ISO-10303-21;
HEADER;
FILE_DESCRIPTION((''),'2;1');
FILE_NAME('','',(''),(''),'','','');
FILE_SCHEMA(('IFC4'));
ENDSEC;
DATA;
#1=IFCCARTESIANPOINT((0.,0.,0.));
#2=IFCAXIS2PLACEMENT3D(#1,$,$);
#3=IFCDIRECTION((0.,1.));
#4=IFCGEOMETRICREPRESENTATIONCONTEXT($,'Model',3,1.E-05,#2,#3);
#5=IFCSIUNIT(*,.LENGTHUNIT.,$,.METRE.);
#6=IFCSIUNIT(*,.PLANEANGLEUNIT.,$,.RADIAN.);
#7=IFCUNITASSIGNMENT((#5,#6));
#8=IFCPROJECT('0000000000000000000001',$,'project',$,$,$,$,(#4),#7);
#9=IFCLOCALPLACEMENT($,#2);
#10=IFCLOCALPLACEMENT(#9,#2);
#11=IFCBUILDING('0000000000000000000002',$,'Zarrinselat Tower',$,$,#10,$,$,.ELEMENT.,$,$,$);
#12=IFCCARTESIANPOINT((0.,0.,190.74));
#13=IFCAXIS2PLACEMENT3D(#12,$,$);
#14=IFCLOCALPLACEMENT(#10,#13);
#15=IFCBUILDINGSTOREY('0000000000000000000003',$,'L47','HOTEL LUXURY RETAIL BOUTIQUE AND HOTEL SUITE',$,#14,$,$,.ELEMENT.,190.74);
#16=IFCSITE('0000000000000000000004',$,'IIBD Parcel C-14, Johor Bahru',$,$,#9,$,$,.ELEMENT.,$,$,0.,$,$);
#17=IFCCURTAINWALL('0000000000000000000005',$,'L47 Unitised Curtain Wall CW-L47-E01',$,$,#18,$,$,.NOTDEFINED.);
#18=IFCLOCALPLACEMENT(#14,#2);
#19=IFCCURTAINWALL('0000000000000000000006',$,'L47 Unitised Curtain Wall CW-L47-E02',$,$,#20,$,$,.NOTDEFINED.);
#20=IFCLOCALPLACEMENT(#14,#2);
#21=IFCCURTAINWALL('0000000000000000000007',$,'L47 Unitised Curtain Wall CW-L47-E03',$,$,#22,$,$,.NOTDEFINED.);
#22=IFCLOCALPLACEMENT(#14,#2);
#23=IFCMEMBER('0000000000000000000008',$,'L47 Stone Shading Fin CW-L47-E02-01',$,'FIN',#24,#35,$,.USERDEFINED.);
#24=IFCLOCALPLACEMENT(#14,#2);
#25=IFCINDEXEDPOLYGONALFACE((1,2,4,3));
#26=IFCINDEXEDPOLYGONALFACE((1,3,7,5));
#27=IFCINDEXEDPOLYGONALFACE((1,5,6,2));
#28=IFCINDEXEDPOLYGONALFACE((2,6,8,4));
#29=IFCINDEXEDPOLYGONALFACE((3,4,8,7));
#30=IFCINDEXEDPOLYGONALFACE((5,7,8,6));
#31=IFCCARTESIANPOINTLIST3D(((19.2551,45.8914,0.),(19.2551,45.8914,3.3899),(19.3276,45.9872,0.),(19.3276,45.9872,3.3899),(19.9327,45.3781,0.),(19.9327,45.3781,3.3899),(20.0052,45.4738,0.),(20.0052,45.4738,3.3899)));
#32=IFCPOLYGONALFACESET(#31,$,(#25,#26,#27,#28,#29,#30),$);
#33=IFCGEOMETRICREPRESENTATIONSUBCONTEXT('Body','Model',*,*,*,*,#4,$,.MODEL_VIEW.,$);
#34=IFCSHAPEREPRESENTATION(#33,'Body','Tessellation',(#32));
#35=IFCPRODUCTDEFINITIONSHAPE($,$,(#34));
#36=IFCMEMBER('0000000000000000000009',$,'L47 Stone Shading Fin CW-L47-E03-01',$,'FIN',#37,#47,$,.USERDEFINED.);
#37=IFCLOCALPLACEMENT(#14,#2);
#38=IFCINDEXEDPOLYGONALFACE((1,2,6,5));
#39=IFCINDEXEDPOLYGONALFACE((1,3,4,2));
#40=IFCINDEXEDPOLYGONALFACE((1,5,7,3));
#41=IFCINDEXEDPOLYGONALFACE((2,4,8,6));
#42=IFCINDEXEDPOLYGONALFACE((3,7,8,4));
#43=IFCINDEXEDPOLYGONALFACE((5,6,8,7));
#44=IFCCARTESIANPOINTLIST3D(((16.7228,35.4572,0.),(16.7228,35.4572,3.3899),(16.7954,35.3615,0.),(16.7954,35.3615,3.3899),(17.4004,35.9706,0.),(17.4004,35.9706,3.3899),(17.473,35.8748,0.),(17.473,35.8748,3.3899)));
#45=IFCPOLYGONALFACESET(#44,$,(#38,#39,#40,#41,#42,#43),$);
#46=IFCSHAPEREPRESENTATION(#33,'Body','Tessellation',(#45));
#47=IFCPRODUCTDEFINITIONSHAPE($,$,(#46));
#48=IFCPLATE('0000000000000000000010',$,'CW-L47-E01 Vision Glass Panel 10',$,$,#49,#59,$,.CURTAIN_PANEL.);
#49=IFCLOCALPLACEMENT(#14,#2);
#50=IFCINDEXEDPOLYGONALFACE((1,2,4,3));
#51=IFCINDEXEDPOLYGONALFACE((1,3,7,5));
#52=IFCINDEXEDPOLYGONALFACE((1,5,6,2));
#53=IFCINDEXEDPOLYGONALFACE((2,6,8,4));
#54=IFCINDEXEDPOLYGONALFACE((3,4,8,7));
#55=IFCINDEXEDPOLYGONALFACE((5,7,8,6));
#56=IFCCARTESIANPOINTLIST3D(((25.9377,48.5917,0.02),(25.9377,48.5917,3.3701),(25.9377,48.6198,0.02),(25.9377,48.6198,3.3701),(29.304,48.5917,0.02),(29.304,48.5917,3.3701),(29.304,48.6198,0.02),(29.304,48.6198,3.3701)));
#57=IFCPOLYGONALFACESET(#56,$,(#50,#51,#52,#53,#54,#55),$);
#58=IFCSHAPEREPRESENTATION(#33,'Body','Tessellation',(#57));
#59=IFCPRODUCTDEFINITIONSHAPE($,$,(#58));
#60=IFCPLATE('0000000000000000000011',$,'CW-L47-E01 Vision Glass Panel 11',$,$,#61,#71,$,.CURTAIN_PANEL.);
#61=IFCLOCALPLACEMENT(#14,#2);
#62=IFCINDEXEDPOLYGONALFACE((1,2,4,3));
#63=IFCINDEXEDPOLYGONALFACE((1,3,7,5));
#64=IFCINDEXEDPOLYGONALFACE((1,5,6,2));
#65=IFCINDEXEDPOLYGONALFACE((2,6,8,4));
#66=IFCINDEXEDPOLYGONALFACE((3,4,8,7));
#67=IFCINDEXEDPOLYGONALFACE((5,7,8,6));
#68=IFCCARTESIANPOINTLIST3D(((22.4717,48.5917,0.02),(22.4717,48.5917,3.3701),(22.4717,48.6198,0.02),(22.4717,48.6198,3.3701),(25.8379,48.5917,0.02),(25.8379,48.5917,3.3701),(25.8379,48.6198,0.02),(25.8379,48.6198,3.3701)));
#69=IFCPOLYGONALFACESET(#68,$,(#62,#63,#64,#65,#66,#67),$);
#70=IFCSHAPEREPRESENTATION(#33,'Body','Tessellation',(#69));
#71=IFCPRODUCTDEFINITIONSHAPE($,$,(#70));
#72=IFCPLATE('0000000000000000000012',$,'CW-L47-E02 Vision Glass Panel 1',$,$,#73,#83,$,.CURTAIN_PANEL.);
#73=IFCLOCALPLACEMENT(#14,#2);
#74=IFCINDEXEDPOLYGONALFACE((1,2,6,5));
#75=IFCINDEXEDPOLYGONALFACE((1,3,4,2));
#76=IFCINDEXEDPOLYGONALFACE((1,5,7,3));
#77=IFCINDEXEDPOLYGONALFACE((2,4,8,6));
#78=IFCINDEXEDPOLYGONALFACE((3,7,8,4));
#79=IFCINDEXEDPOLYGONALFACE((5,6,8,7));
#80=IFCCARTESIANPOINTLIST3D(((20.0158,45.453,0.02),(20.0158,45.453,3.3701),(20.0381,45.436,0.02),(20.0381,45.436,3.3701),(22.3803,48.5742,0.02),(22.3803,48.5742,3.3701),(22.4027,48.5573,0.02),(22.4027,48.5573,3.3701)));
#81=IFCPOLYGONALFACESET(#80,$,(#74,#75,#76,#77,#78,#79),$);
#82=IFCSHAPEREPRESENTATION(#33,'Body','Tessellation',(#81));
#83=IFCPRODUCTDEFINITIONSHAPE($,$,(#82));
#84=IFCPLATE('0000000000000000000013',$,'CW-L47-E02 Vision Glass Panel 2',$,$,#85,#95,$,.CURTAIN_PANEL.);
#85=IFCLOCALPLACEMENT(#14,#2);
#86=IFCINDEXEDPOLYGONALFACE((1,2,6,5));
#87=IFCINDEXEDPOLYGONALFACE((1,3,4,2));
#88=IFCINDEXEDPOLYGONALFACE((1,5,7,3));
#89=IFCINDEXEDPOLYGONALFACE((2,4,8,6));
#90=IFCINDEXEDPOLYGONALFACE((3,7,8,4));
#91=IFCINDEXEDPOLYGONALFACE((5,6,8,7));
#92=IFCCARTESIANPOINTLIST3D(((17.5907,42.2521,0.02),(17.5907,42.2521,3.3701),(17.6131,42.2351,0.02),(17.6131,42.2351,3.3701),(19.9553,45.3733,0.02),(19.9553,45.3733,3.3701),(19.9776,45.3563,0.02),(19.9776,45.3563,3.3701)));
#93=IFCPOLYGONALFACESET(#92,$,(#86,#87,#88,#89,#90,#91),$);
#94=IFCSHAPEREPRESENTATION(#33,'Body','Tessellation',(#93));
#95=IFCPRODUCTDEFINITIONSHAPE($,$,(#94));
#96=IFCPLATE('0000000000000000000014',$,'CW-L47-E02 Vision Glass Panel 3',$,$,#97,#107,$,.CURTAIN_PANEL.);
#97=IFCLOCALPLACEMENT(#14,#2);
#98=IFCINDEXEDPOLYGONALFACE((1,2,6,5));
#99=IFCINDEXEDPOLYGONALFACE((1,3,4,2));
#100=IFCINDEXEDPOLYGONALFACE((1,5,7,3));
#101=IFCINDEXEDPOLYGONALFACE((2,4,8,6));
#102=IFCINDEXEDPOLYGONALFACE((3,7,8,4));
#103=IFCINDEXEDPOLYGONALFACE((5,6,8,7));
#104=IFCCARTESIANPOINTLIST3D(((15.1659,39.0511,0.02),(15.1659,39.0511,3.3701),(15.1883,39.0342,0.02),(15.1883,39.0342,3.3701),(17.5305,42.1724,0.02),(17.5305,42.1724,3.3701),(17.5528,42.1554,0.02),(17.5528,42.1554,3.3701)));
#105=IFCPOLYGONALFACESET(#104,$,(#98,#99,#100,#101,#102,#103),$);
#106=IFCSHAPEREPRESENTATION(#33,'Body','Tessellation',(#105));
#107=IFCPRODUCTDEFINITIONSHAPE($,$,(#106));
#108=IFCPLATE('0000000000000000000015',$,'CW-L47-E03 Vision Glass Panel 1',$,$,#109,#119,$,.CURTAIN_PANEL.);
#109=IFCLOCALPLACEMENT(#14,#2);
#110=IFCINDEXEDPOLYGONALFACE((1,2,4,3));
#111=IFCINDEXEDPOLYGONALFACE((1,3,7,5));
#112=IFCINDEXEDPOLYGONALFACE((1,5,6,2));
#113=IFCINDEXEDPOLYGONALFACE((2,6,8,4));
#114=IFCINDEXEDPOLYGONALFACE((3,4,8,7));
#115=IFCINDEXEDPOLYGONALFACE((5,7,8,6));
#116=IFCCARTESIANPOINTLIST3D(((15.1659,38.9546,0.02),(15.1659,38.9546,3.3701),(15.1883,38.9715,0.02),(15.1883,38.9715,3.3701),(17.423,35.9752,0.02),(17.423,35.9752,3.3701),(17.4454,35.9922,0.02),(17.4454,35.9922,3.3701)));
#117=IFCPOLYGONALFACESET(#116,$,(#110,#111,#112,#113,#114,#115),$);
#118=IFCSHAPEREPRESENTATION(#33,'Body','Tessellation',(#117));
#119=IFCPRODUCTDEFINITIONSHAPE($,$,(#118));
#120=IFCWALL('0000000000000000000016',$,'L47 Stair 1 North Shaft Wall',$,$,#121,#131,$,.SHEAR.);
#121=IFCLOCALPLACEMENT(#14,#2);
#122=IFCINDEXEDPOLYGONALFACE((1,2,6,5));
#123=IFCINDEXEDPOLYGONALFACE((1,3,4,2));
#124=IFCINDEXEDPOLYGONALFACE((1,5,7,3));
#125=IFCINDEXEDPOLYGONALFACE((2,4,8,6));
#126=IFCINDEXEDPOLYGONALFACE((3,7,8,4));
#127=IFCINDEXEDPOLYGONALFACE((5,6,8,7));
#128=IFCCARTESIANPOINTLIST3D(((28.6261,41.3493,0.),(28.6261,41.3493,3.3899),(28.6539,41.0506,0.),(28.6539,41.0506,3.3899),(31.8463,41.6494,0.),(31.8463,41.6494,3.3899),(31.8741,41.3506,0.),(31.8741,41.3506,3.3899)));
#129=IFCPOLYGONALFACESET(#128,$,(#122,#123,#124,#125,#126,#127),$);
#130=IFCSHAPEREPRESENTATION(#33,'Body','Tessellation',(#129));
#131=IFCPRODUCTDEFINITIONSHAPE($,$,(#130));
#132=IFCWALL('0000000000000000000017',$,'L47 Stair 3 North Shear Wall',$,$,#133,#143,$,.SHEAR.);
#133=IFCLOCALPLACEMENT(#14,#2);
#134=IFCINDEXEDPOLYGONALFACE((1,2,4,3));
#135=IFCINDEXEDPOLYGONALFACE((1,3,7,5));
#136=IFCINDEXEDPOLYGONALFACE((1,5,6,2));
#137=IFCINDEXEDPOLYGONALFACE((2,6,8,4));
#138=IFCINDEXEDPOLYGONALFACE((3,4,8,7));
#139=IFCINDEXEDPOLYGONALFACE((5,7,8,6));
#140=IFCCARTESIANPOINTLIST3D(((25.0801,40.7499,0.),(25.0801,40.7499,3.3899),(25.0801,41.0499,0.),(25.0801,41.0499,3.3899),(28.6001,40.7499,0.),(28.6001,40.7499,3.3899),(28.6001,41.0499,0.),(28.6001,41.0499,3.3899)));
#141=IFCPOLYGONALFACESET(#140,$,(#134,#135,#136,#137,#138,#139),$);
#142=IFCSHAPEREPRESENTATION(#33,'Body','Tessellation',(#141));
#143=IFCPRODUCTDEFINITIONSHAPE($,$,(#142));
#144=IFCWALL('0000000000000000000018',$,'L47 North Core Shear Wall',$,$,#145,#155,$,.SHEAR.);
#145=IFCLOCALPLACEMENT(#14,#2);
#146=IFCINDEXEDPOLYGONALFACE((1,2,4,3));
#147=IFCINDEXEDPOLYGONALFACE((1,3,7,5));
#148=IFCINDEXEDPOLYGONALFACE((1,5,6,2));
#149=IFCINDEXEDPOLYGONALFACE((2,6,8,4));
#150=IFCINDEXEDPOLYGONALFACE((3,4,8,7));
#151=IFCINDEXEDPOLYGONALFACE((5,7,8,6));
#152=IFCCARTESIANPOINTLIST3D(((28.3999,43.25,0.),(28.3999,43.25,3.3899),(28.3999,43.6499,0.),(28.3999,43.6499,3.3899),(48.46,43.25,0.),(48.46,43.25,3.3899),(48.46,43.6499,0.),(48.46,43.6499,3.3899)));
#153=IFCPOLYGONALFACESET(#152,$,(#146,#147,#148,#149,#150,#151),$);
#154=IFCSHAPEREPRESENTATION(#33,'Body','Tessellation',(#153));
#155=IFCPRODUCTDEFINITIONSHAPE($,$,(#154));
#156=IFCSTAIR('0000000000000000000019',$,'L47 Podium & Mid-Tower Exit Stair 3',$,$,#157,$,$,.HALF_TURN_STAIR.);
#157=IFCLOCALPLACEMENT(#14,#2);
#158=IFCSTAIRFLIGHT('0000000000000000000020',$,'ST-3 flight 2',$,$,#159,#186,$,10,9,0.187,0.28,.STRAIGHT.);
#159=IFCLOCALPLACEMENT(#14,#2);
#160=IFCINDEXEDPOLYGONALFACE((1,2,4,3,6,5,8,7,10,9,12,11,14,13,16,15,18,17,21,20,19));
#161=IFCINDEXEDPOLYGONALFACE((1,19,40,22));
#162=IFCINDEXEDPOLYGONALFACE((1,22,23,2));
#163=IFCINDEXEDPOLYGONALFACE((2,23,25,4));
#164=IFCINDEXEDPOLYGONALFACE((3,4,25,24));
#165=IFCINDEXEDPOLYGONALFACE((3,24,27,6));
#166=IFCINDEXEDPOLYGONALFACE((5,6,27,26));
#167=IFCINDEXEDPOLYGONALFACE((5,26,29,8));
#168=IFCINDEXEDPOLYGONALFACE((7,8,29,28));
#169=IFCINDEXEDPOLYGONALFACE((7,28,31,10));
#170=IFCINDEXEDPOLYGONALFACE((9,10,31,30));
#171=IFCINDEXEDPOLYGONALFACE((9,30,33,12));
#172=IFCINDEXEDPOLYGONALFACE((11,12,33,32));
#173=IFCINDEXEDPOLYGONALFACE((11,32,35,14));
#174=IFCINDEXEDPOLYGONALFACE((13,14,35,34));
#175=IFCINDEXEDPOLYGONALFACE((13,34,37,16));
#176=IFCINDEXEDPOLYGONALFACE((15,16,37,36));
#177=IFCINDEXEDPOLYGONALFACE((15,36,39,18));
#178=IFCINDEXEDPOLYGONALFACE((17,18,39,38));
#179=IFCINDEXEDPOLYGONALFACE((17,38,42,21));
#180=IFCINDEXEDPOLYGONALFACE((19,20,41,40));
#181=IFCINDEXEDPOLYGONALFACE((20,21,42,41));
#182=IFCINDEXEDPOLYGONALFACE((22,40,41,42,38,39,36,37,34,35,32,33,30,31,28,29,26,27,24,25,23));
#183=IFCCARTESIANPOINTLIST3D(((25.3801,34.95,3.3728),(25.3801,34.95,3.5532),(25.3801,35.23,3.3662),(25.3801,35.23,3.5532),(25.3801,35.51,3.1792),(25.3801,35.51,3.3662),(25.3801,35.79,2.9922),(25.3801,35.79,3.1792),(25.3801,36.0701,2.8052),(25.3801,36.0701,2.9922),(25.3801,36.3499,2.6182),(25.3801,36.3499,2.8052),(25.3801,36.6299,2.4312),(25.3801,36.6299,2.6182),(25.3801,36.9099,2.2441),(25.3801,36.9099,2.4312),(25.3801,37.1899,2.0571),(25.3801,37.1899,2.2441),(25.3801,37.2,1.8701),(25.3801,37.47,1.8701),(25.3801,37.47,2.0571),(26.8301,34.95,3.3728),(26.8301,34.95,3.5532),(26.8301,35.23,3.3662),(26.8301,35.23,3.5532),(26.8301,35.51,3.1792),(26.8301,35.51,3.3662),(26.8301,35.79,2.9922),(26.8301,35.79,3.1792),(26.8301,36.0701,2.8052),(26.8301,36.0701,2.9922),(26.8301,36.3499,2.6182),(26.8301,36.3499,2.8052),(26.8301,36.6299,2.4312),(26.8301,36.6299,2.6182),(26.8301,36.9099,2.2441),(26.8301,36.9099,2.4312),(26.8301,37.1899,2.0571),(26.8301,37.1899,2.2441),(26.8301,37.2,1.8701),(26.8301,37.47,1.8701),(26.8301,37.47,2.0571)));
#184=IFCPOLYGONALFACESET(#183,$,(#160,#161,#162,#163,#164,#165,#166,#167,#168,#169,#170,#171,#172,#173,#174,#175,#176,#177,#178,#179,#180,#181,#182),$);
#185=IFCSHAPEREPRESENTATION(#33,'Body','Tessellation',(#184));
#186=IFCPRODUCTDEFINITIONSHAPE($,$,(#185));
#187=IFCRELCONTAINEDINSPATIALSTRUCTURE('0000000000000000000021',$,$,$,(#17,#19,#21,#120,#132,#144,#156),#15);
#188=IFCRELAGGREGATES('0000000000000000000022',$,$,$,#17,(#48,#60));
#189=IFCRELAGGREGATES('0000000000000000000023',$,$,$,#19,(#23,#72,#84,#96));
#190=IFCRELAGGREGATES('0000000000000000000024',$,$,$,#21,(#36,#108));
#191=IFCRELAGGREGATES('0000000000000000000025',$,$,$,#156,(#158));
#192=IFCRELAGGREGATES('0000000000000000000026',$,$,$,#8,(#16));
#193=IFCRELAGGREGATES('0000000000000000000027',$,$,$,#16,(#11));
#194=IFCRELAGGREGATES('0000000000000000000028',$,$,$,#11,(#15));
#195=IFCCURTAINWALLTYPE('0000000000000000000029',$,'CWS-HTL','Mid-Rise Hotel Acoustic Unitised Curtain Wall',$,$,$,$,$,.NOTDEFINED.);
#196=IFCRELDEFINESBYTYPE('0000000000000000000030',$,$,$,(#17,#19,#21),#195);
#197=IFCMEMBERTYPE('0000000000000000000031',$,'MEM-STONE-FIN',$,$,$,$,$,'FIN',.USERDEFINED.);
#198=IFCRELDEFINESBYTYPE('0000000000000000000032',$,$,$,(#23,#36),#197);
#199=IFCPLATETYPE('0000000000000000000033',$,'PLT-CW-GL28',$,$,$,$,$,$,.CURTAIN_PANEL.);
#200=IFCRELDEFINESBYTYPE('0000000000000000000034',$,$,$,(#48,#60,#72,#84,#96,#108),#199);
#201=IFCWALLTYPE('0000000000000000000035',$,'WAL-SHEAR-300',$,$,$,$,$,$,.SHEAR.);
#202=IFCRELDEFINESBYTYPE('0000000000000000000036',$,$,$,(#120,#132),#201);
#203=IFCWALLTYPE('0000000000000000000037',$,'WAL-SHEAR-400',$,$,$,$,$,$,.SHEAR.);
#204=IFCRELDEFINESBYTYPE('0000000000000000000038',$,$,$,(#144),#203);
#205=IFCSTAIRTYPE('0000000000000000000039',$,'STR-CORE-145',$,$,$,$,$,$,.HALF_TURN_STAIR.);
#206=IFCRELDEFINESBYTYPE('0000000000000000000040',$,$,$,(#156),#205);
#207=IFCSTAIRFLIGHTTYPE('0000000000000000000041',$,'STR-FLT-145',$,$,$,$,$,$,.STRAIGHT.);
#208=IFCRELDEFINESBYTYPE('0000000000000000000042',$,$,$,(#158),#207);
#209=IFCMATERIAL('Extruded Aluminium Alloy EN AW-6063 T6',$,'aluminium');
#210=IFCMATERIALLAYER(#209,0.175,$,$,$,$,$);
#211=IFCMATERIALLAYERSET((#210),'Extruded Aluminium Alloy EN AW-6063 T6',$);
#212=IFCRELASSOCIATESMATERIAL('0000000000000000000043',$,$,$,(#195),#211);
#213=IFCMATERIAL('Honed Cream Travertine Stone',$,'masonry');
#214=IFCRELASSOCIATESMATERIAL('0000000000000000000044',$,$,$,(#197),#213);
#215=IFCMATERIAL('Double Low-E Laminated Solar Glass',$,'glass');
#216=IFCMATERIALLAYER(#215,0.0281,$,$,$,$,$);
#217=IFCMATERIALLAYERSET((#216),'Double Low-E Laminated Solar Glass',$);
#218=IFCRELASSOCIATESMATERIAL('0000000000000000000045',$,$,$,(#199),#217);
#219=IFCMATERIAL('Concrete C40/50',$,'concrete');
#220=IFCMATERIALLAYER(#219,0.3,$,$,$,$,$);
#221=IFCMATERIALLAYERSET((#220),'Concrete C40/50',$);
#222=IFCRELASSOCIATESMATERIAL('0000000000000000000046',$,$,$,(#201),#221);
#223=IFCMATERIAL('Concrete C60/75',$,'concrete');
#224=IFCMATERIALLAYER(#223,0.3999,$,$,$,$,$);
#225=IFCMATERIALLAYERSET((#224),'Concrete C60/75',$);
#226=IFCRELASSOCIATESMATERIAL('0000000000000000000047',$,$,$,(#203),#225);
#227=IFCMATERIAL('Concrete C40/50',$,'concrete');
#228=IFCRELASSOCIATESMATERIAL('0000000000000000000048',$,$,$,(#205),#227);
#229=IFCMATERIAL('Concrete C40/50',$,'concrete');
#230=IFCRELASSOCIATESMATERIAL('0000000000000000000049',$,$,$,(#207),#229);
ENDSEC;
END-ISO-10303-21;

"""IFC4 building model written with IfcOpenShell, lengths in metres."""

from ifc_helpers import new_model, si_unit, direction, frame, frame_2d, origin, origin_2d, place, context, subcontext, project, spatial, polyline, rectangle, outline, extrude, material, layer, layer_set, material_profile, profile_set, type_object, element, aggregate, save


model = new_model("IFC4")

# Units and contexts
model_context = context("Model", 3, precision=1e-05, world=origin(), true_north=direction((0.0, 1.0)))
body_context = subcontext(model_context, "Body", "Model", "MODEL_VIEW")
ifc_project = project(units=[si_unit("LENGTHUNIT", "METRE"), si_unit("PLANEANGLEUNIT", "RADIAN")], contexts=[model_context])

# Site, building, storey
site_placement = place(None, origin())
site = spatial("IfcSite", under=ifc_project, at=site_placement, Name="IIBD Parcel C-14, Johor Bahru", CompositionType="ELEMENT", RefElevation=0.0)
building_placement = place(site_placement, origin())
building = spatial("IfcBuilding", under=site, at=building_placement, Name="Zarrinselat Tower", CompositionType="ELEMENT")
storey_placement = place(building_placement, frame((0.0, 0.0, 190.74)))
storey = spatial("IfcBuildingStorey", under=building, at=storey_placement, Name="L47", Description="HOTEL LUXURY RETAIL BOUTIQUE AND HOTEL SUITE", CompositionType="ELEMENT", Elevation=190.74)

# Curtain walls
ifc_material_1 = material(Name="Extruded Aluminium Alloy EN AW-6063 T6", Category="aluminium")
ifc_layer_1 = layer(ifc_material_1, 0.175)
ifc_layer_set_1 = layer_set([ifc_layer_1], Name="Extruded Aluminium Alloy EN AW-6063 T6")
curtain_wall_type = type_object("IfcCurtainWallType", Name="CWS-HTL", Description="Mid-Rise Hotel Acoustic Unitised Curtain Wall", PredefinedType="NOTDEFINED", material=ifc_layer_set_1)
curtain_wall_1_placement = place(storey_placement, origin())
curtain_wall_1 = element("IfcCurtainWall", 1, at=curtain_wall_1_placement, inside=storey, type_object=curtain_wall_type, Name="L47 Unitised Curtain Wall CW-L47-E01", PredefinedType="NOTDEFINED")
curtain_wall_2_placement = place(storey_placement, origin())
curtain_wall_2 = element("IfcCurtainWall", 2, at=curtain_wall_2_placement, inside=storey, type_object=curtain_wall_type, Name="L47 Unitised Curtain Wall CW-L47-E02", PredefinedType="NOTDEFINED")

# Curtain wall
curtain_wall_3_placement = place(storey_placement, origin())
curtain_wall_3 = element("IfcCurtainWall", 3, at=curtain_wall_3_placement, inside=storey, type_object=curtain_wall_type, Name="L47 Unitised Curtain Wall CW-L47-E03", PredefinedType="NOTDEFINED")

# Members
ifc_material_2 = material(Name="Honed Cream Travertine Stone", Category="masonry")
ifc_material_profile_1 = material_profile(ifc_material_2, rectangle(XDim=0.1201, YDim=0.8501, at=origin_2d()), Name="FIN 850x120")
ifc_profile_set_1 = profile_set([ifc_material_profile_1], Name="Honed Cream Travertine Stone")
member_type_1 = type_object("IfcMemberType", Name="MEM-STONE-FIN", ElementType="FIN", PredefinedType="USERDEFINED", material=ifc_profile_set_1)
member_1_placement = place(storey_placement, frame((19.6301, 45.6826, 0.0), z_axis=(0.0, 0.0, 1.0), x_axis=(0.603854, 0.797095, 0.0)))
member_1 = element("IfcMember", 4, at=member_1_placement, type_object=member_type_1, Name="L47 Stone Shading Fin CW-L47-E02-01", ObjectType="FIN", PredefinedType="USERDEFINED", context=body_context, shape_type="SweptSolid", body=[
    extrude(rectangle(XDim=0.1201, YDim=0.8501, at=origin_2d()), origin(), (0.0, 0.0, 1.0), 3.3899),
])
member_2_placement = place(storey_placement, frame((17.0979, 35.666, 0.0), z_axis=(0.0, 0.0, 1.0), x_axis=(-0.603857, 0.797093, 0.0)))
member_2 = element("IfcMember", 5, at=member_2_placement, type_object=member_type_1, Name="L47 Stone Shading Fin CW-L47-E03-01", ObjectType="FIN", PredefinedType="USERDEFINED", context=body_context, shape_type="SweptSolid", body=[
    extrude(rectangle(XDim=0.1201, YDim=0.8501, at=origin_2d()), origin(), (0.0, 0.0, 1.0), 3.3899),
])

# Plates
ifc_material_3 = material(Name="Double Low-E Laminated Solar Glass", Category="glass")
ifc_layer_2 = layer(ifc_material_3, 0.0281)
ifc_layer_set_2 = layer_set([ifc_layer_2], Name="Double Low-E Laminated Solar Glass")
plate_type = type_object("IfcPlateType", Name="PLT-CW-GL28", PredefinedType="CURTAIN_PANEL", material=ifc_layer_set_2)
plate_1_placement = place(storey_placement, frame((27.6208, 48.6057, 0.02), z_axis=(0.0, 0.0, 1.0), x_axis=(-1.0, 0.0, 0.0)))
plate_1 = element("IfcPlate", 6, at=plate_1_placement, type_object=plate_type, Name="CW-L47-E01 Vision Glass Panel 10", PredefinedType="CURTAIN_PANEL", context=body_context, shape_type="SweptSolid", body=[
    extrude(rectangle(XDim=3.3662, YDim=0.0281, at=origin_2d()), origin(), (0.0, 0.0, 1.0), 3.3501),
])
plate_2_placement = place(storey_placement, frame((24.1548, 48.6057, 0.02), z_axis=(0.0, 0.0, 1.0), x_axis=(-1.0, 0.0, 0.0)))
plate_2 = element("IfcPlate", 7, at=plate_2_placement, type_object=plate_type, Name="CW-L47-E01 Vision Glass Panel 11", PredefinedType="CURTAIN_PANEL", context=body_context, shape_type="SweptSolid", body=[
    extrude(rectangle(XDim=3.3662, YDim=0.0281, at=origin_2d()), origin(), (0.0, 0.0, 1.0), 3.3501),
])
aggregate(curtain_wall_1, [plate_1, plate_2])
plate_3_placement = place(storey_placement, frame((21.2092, 47.0051, 0.02), z_axis=(0.0, 0.0, 1.0), x_axis=(-0.603854, -0.797095, 0.0)))
plate_3 = element("IfcPlate", 8, at=plate_3_placement, type_object=plate_type, Name="CW-L47-E02 Vision Glass Panel 1", PredefinedType="CURTAIN_PANEL", context=body_context, shape_type="SweptSolid", body=[
    extrude(rectangle(XDim=3.9158, YDim=0.0281, at=origin_2d()), origin(), (0.0, 0.0, 1.0), 3.3501),
])
plate_4_placement = place(storey_placement, frame((18.7842, 43.8042, 0.02), z_axis=(0.0, 0.0, 1.0), x_axis=(-0.603854, -0.797095, 0.0)))
plate_4 = element("IfcPlate", 9, at=plate_4_placement, type_object=plate_type, Name="CW-L47-E02 Vision Glass Panel 2", PredefinedType="CURTAIN_PANEL", context=body_context, shape_type="SweptSolid", body=[
    extrude(rectangle(XDim=3.9158, YDim=0.0281, at=origin_2d()), origin(), (0.0, 0.0, 1.0), 3.3501),
])
plate_5_placement = place(storey_placement, frame((16.3594, 40.6033, 0.02), z_axis=(0.0, 0.0, 1.0), x_axis=(-0.603854, -0.797095, 0.0)))
plate_5 = element("IfcPlate", 10, at=plate_5_placement, type_object=plate_type, Name="CW-L47-E02 Vision Glass Panel 3", PredefinedType="CURTAIN_PANEL", context=body_context, shape_type="SweptSolid", body=[
    extrude(rectangle(XDim=3.9158, YDim=0.0281, at=origin_2d()), origin(), (0.0, 0.0, 1.0), 3.3501),
])
aggregate(curtain_wall_2, [member_1, plate_3, plate_4, plate_5])
plate_6_placement = place(storey_placement, frame((16.3057, 37.4734, 0.02), z_axis=(0.0, 0.0, 1.0), x_axis=(0.603857, -0.797093, 0.0)))
plate_6 = element("IfcPlate", 11, at=plate_6_placement, type_object=plate_type, Name="CW-L47-E03 Vision Glass Panel 1", PredefinedType="CURTAIN_PANEL", context=body_context, shape_type="SweptSolid", body=[
    extrude(rectangle(XDim=3.7378, YDim=0.0281, at=origin_2d()), origin(), (0.0, 0.0, 1.0), 3.3501),
])
aggregate(curtain_wall_3, [member_2, plate_6])

# Walls
ifc_material_4 = material(Name="Concrete C40/50", Category="concrete")
ifc_layer_3 = layer(ifc_material_4, 0.3)
ifc_layer_set_3 = layer_set([ifc_layer_3], Name="Concrete C40/50")
wall_type_1 = type_object("IfcWallType", Name="WAL-SHEAR-300", PredefinedType="SHEAR", material=ifc_layer_set_3)
wall_1_placement = place(storey_placement, frame((28.6399, 41.2, 0.0), z_axis=(0.0, 0.0, 1.0), x_axis=(0.995687, 0.092775, 0.0)))
element("IfcWall", 12, at=wall_1_placement, inside=storey, type_object=wall_type_1, Name="L47 Stair 1 North Shaft Wall", PredefinedType="SHEAR", context=body_context, shape_type="SweptSolid", body=[
    extrude(rectangle(XDim=3.2341, YDim=0.3, at=frame_2d((1.6172, 0.0))), origin(), (0.0, 0.0, 1.0), 3.3899),
])
wall_2_placement = place(storey_placement, frame((25.0801, 40.8999, 0.0), z_axis=(0.0, 0.0, 1.0), x_axis=(1.0, 0.0, 0.0)))
element("IfcWall", 13, at=wall_2_placement, inside=storey, type_object=wall_type_1, Name="L47 Stair 3 North Shear Wall", PredefinedType="SHEAR", context=body_context, shape_type="SweptSolid", body=[
    extrude(rectangle(XDim=3.52, YDim=0.3, at=frame_2d((1.76, 0.0))), origin(), (0.0, 0.0, 1.0), 3.3899),
])
ifc_material_5 = material(Name="Concrete C60/75", Category="concrete")
ifc_layer_4 = layer(ifc_material_5, 0.3999)
ifc_layer_set_4 = layer_set([ifc_layer_4], Name="Concrete C60/75")
wall_type_2 = type_object("IfcWallType", Name="WAL-SHEAR-400", PredefinedType="SHEAR", material=ifc_layer_set_4)
wall_3_placement = place(storey_placement, frame((28.3999, 43.45, 0.0), z_axis=(0.0, 0.0, 1.0), x_axis=(1.0, 0.0, 0.0)))
element("IfcWall", 14, at=wall_3_placement, inside=storey, type_object=wall_type_2, Name="L47 North Core Shear Wall", PredefinedType="SHEAR", context=body_context, shape_type="SweptSolid", body=[
    extrude(rectangle(XDim=20.0601, YDim=0.3999, at=frame_2d((10.03, 0.0))), origin(), (0.0, 0.0, 1.0), 3.3899),
])

# Stair, stair flight
ifc_material_6 = material(Name="Concrete C40/50", Category="concrete")
stair_type = type_object("IfcStairType", Name="STR-CORE-145", PredefinedType="HALF_TURN_STAIR", material=ifc_material_6)
stair_placement = place(storey_placement, origin())
stair = element("IfcStair", 15, at=stair_placement, inside=storey, type_object=stair_type, Name="L47 Podium & Mid-Tower Exit Stair 3", PredefinedType="HALF_TURN_STAIR")
ifc_material_7 = material(Name="Concrete C40/50", Category="concrete")
stair_flight_type = type_object("IfcStairFlightType", Name="STR-FLT-145", PredefinedType="STRAIGHT", material=ifc_material_7)
stair_flight_placement = place(storey_placement, frame((26.105, 37.47, 1.8701), z_axis=(0.0, 0.0, 1.0), x_axis=(0.0, -1.0, 0.0)))
stair_flight = element("IfcStairFlight", 16, at=stair_flight_placement, type_object=stair_flight_type, Name="ST-3 flight 2", NumberOfRisers=10, NumberOfTreads=9, PredefinedType="STRAIGHT", RiserHeight=0.187, TreadLength=0.28, context=body_context, shape_type="SweptSolid", body=[
    extrude(outline(polyline([(0.0, 0.0), (0.0, 0.187), (0.28, 0.187), (0.28, 0.374), (0.5601, 0.374), (0.5601, 0.561), (0.8401, 0.561), (0.8401, 0.748), (1.1201, 0.748), (1.1201, 0.9351), (1.3999, 0.9351), (1.3999, 1.1221), (1.6799, 1.1221), (1.6799, 1.3091), (1.96, 1.3091), (1.96, 1.4961), (2.24, 1.4961), (2.24, 1.6831), (2.52, 1.6831), (2.52, 1.8701), (2.52, 1.5027), (0.27, 0.0), (0.0, 0.0)])), frame((0.0, 0.7251, 0.0), z_axis=(0.0, -1.0, 0.0), x_axis=(1.0, 0.0, 0.0)), (0.0, 0.0, 1.0), 1.45),
])
aggregate(stair, [stair_flight])

save(model, "model.ifc")
